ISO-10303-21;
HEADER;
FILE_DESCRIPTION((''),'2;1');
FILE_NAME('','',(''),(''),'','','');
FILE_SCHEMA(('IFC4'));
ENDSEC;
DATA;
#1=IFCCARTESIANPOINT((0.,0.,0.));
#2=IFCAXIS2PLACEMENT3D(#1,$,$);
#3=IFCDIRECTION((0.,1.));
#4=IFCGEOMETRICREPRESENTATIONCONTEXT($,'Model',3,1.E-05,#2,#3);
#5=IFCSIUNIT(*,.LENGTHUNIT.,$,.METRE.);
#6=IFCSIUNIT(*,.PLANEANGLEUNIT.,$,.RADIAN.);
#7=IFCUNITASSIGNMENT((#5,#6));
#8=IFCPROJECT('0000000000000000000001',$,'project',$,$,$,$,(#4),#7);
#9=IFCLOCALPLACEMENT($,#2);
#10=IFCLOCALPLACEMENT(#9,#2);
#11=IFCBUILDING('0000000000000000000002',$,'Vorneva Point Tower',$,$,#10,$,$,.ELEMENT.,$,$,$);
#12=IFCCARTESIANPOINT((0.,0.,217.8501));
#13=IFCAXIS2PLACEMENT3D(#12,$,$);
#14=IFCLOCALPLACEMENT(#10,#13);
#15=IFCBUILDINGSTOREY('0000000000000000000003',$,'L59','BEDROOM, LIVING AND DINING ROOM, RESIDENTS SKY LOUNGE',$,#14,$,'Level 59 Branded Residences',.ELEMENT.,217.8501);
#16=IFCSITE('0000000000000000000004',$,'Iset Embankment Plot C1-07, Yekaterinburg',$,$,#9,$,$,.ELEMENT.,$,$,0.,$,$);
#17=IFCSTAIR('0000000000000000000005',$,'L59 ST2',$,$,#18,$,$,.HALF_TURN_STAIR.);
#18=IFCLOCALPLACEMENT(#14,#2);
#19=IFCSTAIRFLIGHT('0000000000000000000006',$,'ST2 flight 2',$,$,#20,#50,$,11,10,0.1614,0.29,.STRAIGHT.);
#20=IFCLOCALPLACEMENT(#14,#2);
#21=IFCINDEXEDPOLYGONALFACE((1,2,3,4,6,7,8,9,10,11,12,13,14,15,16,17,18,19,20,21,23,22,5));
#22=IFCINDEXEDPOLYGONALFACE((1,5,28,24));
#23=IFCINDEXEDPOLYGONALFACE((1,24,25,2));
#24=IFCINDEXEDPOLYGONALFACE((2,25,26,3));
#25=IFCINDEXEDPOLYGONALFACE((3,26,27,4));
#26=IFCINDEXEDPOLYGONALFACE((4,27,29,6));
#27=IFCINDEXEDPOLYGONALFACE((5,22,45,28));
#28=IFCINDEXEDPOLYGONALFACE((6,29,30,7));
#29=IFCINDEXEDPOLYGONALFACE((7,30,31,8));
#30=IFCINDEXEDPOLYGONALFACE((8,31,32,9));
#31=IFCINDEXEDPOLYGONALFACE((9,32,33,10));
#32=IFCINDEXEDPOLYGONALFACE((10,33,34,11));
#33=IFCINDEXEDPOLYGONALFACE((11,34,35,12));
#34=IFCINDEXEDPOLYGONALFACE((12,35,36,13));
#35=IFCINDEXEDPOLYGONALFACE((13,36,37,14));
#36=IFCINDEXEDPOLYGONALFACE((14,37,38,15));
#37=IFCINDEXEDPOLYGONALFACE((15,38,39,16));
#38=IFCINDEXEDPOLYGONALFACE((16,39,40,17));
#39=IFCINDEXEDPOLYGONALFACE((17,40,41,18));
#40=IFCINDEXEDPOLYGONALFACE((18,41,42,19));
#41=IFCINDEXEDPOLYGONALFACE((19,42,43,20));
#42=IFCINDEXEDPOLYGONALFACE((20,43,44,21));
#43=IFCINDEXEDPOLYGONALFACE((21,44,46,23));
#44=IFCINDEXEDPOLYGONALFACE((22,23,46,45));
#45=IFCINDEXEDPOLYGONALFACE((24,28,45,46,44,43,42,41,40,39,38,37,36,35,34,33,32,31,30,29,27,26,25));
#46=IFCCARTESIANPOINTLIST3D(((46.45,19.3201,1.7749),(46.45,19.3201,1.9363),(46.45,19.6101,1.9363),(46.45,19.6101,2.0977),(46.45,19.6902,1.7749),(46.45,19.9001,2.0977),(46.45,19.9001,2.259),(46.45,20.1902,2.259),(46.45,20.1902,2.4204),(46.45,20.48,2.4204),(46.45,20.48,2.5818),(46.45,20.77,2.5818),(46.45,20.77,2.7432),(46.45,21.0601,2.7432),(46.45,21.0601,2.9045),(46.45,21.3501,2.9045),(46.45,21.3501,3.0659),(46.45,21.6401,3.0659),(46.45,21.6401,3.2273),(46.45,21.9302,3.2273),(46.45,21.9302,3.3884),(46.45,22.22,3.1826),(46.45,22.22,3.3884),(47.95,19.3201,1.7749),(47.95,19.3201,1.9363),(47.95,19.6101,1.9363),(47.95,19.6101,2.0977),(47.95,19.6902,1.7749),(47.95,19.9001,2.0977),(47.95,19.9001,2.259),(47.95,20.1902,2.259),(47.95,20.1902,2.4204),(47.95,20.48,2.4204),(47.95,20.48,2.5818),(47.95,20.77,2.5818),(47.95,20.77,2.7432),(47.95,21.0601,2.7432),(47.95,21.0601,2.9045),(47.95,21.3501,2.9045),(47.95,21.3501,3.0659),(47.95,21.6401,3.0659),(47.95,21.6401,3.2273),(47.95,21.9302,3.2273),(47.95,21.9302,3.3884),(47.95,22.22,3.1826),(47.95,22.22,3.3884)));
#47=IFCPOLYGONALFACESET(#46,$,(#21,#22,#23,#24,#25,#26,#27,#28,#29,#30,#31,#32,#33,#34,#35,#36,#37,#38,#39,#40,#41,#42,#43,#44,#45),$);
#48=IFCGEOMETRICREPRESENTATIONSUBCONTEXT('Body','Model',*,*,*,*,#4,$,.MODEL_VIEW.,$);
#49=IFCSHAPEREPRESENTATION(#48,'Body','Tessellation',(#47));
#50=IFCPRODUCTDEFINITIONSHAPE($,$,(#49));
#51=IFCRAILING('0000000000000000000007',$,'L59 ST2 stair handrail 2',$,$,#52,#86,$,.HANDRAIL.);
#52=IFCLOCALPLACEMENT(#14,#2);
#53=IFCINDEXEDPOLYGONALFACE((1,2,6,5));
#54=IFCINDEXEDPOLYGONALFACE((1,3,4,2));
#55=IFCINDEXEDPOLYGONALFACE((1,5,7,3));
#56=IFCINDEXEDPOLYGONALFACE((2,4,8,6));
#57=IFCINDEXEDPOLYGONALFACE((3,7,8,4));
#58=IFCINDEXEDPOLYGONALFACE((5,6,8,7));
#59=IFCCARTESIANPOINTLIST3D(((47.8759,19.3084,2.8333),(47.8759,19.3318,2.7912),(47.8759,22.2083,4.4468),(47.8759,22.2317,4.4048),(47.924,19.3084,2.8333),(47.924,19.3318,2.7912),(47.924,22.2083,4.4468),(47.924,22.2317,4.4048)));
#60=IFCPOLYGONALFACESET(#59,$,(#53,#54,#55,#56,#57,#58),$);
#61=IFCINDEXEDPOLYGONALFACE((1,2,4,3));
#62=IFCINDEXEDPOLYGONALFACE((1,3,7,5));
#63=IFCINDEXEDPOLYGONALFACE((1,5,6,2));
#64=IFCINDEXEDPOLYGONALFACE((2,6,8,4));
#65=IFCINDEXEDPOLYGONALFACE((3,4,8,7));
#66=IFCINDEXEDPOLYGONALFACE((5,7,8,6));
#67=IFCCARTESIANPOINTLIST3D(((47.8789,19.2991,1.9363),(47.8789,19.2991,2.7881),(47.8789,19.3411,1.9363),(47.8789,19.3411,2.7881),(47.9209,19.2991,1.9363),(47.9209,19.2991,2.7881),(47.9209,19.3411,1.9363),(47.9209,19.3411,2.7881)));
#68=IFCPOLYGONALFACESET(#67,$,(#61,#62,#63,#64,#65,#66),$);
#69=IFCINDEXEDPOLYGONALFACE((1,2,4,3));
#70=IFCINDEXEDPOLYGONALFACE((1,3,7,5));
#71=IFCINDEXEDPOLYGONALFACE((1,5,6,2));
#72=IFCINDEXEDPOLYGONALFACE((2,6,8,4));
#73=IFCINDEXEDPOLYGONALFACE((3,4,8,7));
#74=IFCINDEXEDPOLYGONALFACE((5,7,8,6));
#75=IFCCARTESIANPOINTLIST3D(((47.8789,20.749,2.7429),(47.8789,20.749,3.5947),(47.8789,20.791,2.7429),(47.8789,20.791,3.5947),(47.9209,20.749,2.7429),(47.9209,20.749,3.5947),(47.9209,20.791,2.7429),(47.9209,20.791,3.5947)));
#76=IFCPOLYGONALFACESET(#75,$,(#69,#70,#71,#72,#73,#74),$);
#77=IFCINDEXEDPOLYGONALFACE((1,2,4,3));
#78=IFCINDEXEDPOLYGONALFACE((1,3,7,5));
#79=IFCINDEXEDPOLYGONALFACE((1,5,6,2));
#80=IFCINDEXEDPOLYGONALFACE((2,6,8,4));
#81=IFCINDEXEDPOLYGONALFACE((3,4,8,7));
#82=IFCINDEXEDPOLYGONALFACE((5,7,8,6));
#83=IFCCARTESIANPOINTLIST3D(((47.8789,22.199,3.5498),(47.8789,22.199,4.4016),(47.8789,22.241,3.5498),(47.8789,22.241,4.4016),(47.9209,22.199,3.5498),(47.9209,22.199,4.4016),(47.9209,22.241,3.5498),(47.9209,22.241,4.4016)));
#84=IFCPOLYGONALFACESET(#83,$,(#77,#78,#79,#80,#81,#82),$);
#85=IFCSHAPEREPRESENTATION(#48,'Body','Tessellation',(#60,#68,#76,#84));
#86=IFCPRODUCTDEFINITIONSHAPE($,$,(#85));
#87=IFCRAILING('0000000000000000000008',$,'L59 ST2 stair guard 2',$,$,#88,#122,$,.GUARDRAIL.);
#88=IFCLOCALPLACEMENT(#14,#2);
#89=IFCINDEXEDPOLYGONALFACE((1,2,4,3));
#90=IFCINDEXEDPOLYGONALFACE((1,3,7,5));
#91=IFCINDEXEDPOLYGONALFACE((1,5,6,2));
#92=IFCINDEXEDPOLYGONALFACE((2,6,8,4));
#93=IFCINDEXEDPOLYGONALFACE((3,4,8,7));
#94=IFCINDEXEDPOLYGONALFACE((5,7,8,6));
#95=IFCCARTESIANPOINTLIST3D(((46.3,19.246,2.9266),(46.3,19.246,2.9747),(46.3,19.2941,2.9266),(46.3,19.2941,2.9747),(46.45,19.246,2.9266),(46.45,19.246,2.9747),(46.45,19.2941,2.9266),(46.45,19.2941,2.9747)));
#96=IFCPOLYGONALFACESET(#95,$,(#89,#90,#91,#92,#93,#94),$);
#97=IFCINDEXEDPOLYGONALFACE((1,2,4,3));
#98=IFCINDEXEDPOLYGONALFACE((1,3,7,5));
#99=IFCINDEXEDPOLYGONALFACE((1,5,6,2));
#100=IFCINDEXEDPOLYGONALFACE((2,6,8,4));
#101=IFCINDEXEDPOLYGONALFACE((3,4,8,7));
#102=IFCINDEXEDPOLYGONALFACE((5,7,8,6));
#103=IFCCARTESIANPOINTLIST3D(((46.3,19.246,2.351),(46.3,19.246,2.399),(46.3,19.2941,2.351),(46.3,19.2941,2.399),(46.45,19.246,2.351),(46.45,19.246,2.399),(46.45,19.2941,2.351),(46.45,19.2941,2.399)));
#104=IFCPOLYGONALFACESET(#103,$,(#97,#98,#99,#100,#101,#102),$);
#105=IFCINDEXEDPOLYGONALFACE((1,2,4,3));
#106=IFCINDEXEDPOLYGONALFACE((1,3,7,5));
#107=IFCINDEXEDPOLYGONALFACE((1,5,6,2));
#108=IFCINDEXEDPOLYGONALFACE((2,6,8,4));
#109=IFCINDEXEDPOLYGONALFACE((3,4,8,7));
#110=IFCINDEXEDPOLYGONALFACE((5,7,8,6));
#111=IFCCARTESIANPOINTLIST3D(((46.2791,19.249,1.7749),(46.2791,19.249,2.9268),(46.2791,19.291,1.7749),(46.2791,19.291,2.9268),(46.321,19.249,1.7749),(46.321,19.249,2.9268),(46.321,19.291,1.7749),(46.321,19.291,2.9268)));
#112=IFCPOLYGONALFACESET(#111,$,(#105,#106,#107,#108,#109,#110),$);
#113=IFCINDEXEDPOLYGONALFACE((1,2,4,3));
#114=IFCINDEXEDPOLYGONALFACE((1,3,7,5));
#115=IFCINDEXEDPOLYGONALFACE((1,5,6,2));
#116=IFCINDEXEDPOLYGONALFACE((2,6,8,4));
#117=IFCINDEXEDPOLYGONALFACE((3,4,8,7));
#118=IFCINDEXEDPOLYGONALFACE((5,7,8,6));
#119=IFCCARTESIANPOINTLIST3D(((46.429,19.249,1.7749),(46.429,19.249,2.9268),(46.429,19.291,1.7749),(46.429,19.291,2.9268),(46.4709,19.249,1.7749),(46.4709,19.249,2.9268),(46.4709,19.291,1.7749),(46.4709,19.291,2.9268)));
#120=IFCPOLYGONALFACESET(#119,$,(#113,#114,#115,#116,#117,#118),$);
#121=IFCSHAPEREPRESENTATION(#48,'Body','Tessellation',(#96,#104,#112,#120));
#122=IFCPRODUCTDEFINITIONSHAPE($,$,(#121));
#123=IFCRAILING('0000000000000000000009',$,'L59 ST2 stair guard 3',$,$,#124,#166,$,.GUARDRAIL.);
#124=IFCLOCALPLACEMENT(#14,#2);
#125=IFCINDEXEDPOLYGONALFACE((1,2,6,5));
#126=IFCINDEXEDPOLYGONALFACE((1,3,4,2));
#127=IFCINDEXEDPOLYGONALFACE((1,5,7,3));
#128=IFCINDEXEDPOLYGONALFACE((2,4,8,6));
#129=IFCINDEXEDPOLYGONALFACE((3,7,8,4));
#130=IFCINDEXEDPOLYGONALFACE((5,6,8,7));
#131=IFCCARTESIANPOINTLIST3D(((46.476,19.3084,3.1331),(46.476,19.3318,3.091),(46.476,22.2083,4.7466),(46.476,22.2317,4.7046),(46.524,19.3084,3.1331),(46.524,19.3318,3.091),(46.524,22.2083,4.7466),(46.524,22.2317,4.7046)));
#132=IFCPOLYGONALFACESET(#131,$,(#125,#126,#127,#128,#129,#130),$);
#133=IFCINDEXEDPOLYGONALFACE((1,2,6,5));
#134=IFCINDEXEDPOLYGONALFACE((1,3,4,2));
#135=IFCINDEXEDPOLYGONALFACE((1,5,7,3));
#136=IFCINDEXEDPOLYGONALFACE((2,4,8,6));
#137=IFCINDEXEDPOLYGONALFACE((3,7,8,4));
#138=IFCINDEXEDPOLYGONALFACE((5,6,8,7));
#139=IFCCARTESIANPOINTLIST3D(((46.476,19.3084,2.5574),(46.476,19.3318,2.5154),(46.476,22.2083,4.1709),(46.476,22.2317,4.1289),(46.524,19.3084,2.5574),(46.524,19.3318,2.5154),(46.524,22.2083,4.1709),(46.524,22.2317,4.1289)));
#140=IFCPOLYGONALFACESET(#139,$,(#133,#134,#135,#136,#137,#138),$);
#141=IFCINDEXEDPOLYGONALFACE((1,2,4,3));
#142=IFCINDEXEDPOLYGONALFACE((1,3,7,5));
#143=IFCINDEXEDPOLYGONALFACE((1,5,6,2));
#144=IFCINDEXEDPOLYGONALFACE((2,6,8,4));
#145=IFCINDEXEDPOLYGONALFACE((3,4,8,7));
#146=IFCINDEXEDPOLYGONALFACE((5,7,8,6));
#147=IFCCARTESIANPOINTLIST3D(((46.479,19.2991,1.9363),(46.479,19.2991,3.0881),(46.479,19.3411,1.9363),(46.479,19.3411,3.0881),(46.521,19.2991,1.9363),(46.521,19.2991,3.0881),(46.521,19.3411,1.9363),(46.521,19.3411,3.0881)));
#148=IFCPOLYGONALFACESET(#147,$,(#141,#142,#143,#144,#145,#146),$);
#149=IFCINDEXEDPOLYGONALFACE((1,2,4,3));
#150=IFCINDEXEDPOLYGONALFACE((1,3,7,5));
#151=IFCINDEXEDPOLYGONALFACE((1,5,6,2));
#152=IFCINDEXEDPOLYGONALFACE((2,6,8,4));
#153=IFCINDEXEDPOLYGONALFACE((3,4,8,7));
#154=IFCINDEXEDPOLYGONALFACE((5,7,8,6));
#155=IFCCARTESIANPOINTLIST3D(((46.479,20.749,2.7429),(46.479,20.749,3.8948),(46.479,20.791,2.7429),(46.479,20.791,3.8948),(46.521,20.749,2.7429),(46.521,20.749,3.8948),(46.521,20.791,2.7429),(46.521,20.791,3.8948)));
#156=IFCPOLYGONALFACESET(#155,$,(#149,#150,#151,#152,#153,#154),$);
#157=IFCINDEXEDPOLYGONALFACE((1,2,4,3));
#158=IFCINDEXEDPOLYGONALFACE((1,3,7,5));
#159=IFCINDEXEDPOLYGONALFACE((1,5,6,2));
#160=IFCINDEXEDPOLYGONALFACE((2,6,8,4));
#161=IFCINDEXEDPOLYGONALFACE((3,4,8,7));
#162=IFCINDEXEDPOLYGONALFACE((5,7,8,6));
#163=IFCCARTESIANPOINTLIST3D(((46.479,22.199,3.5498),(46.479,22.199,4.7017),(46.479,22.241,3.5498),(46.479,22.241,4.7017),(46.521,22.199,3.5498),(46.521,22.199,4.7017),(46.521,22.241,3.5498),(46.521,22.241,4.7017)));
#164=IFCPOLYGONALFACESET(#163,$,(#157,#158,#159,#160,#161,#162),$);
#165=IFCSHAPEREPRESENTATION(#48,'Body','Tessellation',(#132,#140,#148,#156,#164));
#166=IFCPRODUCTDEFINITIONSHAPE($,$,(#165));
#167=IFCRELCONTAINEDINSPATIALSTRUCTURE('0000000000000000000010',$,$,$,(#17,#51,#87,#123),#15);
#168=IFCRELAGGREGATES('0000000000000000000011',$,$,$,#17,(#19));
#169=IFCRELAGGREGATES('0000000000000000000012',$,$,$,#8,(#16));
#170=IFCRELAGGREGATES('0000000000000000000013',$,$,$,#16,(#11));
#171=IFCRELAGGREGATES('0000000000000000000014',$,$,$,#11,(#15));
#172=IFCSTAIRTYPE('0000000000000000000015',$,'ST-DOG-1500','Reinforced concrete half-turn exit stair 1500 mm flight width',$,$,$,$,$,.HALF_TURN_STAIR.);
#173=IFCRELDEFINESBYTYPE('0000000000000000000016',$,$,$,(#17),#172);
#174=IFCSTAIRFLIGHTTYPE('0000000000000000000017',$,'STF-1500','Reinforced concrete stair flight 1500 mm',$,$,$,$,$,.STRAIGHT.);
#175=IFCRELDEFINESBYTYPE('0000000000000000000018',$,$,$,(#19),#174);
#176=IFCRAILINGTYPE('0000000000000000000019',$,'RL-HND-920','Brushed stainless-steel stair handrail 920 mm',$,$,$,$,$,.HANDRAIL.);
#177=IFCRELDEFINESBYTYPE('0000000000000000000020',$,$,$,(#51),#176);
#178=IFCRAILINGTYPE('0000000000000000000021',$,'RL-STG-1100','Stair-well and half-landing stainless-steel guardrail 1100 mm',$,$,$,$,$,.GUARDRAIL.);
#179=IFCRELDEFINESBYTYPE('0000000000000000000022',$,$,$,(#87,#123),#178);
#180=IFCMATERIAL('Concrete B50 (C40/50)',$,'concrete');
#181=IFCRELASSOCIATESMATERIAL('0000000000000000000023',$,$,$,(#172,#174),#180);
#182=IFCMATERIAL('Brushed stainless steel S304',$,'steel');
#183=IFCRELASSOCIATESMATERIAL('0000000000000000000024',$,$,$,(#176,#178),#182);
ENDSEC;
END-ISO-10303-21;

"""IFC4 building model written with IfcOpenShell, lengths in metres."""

from ifc_helpers import new_model, si_unit, direction, frame, origin, origin_2d, place, context, subcontext, project, spatial, polyline, rectangle, outline, extrude, material, type_object, element, aggregate, save


model = new_model("IFC4")

# Units and contexts
model_context = context("Model", 3, precision=1e-05, world=origin(), true_north=direction((0.0, 1.0)))
body_context = subcontext(model_context, "Body", "Model", "MODEL_VIEW")
ifc_project = project(units=[si_unit("LENGTHUNIT", "METRE"), si_unit("PLANEANGLEUNIT", "RADIAN")], contexts=[model_context])

# Site, building, storey
site_placement = place(None, origin())
site = spatial("IfcSite", under=ifc_project, at=site_placement, Name="Iset Embankment Plot C1-07, Yekaterinburg", CompositionType="ELEMENT", RefElevation=0.0)
building_placement = place(site_placement, origin())
building = spatial("IfcBuilding", under=site, at=building_placement, Name="Vorneva Point Tower", CompositionType="ELEMENT")
storey_placement = place(building_placement, frame((0.0, 0.0, 217.8501)))
storey = spatial("IfcBuildingStorey", under=building, at=storey_placement, Name="L59", Description="BEDROOM, LIVING AND DINING ROOM, RESIDENTS SKY LOUNGE", LongName="Level 59 Branded Residences", CompositionType="ELEMENT", Elevation=217.8501)

# Shared definitions
ifc_material_1 = material(Name="Concrete B50 (C40/50)", Category="concrete")

# Stair, stair flight
stair_type = type_object("IfcStairType", Name="ST-DOG-1500", Description="Reinforced concrete half-turn exit stair 1500 mm flight width", PredefinedType="HALF_TURN_STAIR", material=ifc_material_1)
stair_placement = place(storey_placement, origin())
stair = element("IfcStair", 1, at=stair_placement, inside=storey, type_object=stair_type, Name="L59 ST2", PredefinedType="HALF_TURN_STAIR")
stair_flight_type = type_object("IfcStairFlightType", Name="STF-1500", Description="Reinforced concrete stair flight 1500 mm", PredefinedType="STRAIGHT", material=ifc_material_1)
stair_flight_placement = place(storey_placement, frame((47.2, 19.3201, 1.7749), z_axis=(0.0, 0.0, 1.0), x_axis=(0.0, 1.0, 0.0)))
stair_flight = element("IfcStairFlight", 2, at=stair_flight_placement, type_object=stair_flight_type, Name="ST2 flight 2", NumberOfRisers=11, NumberOfTreads=10, PredefinedType="STRAIGHT", RiserHeight=0.1614, TreadLength=0.29, context=body_context, shape_type="SweptSolid", body=[
    extrude(outline(polyline([(0.0, 0.0), (0.0, 0.1614), (0.29, 0.1614), (0.29, 0.3228), (0.5801, 0.3228), (0.5801, 0.4841), (0.8701, 0.4841), (0.8701, 0.6455), (1.1599, 0.6455), (1.1599, 0.8069), (1.45, 0.8069), (1.45, 0.9683), (1.74, 0.9683), (1.74, 1.1296), (2.03, 1.1296), (2.03, 1.291), (2.3201, 1.291), (2.3201, 1.4524), (2.6101, 1.4524), (2.6101, 1.6135), (2.8999, 1.6135), (2.8999, 1.7749), (2.8999, 1.4077), (0.3701, 0.0), (0.0, 0.0)])), frame((0.0, 0.75, 0.0), z_axis=(0.0, -1.0, 0.0), x_axis=(1.0, 0.0, 0.0)), (0.0, 0.0, 1.0), 1.5),
])
aggregate(stair, [stair_flight])

# Railings
ifc_material_2 = material(Name="Brushed stainless steel S304", Category="steel")
railing_type_1 = type_object("IfcRailingType", Name="RL-HND-920", Description="Brushed stainless-steel stair handrail 920 mm", PredefinedType="HANDRAIL", material=ifc_material_2)
railing_1_placement = place(storey_placement, frame((47.8999, 19.3201, 1.9363)))
element("IfcRailing", 3, at=railing_1_placement, inside=storey, type_object=railing_type_1, Name="L59 ST2 stair handrail 2", PredefinedType="HANDRAIL", context=body_context, shape_type="SweptSolid", body=[
    extrude(rectangle(XDim=0.0481, YDim=0.0481, at=origin_2d()), frame((0.0, 0.0, 0.876), z_axis=(0.0, 0.873841, 0.486211), x_axis=(-1.0, 0.0, 0.0)), (0.0, 0.0, 1.0), 3.3186),
    extrude(rectangle(XDim=0.042, YDim=0.042, at=origin_2d()), origin(), (0.0, 0.0, 1.0), 0.8518),
    extrude(rectangle(XDim=0.042, YDim=0.042, at=origin_2d()), frame((0.0, 1.45, 0.8066)), (0.0, 0.0, 1.0), 0.8518),
    extrude(rectangle(XDim=0.042, YDim=0.042, at=origin_2d()), frame((0.0, 2.8999, 1.6135)), (0.0, 0.0, 1.0), 0.8518),
])
railing_type_2 = type_object("IfcRailingType", Name="RL-STG-1100", Description="Stair-well and half-landing stainless-steel guardrail 1100 mm", PredefinedType="GUARDRAIL", material=ifc_material_2)
railing_2_placement = place(storey_placement, frame((46.3, 19.27, 1.7749)))
element("IfcRailing", 4, at=railing_2_placement, inside=storey, type_object=railing_type_2, Name="L59 ST2 stair guard 2", PredefinedType="GUARDRAIL", context=body_context, shape_type="SweptSolid", body=[
    extrude(rectangle(XDim=0.0481, YDim=0.0481, at=origin_2d()), frame((0.0, 0.0, 1.1758), z_axis=(1.0, 0.0, 0.0), x_axis=(0.0, 1.0, 0.0)), (0.0, 0.0, 1.0), 0.1499),
    extrude(rectangle(XDim=0.0481, YDim=0.0481, at=origin_2d()), frame((0.0, 0.0, 0.6001), z_axis=(1.0, 0.0, 0.0), x_axis=(0.0, 1.0, 0.0)), (0.0, 0.0, 1.0), 0.1499),
    extrude(rectangle(XDim=0.042, YDim=0.042, at=origin_2d()), origin(), (0.0, 0.0, 1.0), 1.1519),
    extrude(rectangle(XDim=0.042, YDim=0.042, at=origin_2d()), frame((0.1499, 0.0, 0.0)), (0.0, 0.0, 1.0), 1.1519),
])
railing_3_placement = place(storey_placement, frame((46.5, 19.3201, 1.9363)))
element("IfcRailing", 5, at=railing_3_placement, inside=storey, type_object=railing_type_2, Name="L59 ST2 stair guard 3", PredefinedType="GUARDRAIL", context=body_context, shape_type="SweptSolid", body=[
    extrude(rectangle(XDim=0.0481, YDim=0.0481, at=origin_2d()), frame((0.0, 0.0, 1.1758), z_axis=(0.0, 0.873841, 0.486211), x_axis=(-1.0, 0.0, 0.0)), (0.0, 0.0, 1.0), 3.3186),
    extrude(rectangle(XDim=0.0481, YDim=0.0481, at=origin_2d()), frame((0.0, 0.0, 0.6001), z_axis=(0.0, 0.873841, 0.486211), x_axis=(-1.0, 0.0, 0.0)), (0.0, 0.0, 1.0), 3.3186),
    extrude(rectangle(XDim=0.042, YDim=0.042, at=origin_2d()), origin(), (0.0, 0.0, 1.0), 1.1519),
    extrude(rectangle(XDim=0.042, YDim=0.042, at=origin_2d()), frame((0.0, 1.45, 0.8066)), (0.0, 0.0, 1.0), 1.1519),
    extrude(rectangle(XDim=0.042, YDim=0.042, at=origin_2d()), frame((0.0, 2.8999, 1.6135)), (0.0, 0.0, 1.0), 1.1519),
])

save(model, "model.ifc")
